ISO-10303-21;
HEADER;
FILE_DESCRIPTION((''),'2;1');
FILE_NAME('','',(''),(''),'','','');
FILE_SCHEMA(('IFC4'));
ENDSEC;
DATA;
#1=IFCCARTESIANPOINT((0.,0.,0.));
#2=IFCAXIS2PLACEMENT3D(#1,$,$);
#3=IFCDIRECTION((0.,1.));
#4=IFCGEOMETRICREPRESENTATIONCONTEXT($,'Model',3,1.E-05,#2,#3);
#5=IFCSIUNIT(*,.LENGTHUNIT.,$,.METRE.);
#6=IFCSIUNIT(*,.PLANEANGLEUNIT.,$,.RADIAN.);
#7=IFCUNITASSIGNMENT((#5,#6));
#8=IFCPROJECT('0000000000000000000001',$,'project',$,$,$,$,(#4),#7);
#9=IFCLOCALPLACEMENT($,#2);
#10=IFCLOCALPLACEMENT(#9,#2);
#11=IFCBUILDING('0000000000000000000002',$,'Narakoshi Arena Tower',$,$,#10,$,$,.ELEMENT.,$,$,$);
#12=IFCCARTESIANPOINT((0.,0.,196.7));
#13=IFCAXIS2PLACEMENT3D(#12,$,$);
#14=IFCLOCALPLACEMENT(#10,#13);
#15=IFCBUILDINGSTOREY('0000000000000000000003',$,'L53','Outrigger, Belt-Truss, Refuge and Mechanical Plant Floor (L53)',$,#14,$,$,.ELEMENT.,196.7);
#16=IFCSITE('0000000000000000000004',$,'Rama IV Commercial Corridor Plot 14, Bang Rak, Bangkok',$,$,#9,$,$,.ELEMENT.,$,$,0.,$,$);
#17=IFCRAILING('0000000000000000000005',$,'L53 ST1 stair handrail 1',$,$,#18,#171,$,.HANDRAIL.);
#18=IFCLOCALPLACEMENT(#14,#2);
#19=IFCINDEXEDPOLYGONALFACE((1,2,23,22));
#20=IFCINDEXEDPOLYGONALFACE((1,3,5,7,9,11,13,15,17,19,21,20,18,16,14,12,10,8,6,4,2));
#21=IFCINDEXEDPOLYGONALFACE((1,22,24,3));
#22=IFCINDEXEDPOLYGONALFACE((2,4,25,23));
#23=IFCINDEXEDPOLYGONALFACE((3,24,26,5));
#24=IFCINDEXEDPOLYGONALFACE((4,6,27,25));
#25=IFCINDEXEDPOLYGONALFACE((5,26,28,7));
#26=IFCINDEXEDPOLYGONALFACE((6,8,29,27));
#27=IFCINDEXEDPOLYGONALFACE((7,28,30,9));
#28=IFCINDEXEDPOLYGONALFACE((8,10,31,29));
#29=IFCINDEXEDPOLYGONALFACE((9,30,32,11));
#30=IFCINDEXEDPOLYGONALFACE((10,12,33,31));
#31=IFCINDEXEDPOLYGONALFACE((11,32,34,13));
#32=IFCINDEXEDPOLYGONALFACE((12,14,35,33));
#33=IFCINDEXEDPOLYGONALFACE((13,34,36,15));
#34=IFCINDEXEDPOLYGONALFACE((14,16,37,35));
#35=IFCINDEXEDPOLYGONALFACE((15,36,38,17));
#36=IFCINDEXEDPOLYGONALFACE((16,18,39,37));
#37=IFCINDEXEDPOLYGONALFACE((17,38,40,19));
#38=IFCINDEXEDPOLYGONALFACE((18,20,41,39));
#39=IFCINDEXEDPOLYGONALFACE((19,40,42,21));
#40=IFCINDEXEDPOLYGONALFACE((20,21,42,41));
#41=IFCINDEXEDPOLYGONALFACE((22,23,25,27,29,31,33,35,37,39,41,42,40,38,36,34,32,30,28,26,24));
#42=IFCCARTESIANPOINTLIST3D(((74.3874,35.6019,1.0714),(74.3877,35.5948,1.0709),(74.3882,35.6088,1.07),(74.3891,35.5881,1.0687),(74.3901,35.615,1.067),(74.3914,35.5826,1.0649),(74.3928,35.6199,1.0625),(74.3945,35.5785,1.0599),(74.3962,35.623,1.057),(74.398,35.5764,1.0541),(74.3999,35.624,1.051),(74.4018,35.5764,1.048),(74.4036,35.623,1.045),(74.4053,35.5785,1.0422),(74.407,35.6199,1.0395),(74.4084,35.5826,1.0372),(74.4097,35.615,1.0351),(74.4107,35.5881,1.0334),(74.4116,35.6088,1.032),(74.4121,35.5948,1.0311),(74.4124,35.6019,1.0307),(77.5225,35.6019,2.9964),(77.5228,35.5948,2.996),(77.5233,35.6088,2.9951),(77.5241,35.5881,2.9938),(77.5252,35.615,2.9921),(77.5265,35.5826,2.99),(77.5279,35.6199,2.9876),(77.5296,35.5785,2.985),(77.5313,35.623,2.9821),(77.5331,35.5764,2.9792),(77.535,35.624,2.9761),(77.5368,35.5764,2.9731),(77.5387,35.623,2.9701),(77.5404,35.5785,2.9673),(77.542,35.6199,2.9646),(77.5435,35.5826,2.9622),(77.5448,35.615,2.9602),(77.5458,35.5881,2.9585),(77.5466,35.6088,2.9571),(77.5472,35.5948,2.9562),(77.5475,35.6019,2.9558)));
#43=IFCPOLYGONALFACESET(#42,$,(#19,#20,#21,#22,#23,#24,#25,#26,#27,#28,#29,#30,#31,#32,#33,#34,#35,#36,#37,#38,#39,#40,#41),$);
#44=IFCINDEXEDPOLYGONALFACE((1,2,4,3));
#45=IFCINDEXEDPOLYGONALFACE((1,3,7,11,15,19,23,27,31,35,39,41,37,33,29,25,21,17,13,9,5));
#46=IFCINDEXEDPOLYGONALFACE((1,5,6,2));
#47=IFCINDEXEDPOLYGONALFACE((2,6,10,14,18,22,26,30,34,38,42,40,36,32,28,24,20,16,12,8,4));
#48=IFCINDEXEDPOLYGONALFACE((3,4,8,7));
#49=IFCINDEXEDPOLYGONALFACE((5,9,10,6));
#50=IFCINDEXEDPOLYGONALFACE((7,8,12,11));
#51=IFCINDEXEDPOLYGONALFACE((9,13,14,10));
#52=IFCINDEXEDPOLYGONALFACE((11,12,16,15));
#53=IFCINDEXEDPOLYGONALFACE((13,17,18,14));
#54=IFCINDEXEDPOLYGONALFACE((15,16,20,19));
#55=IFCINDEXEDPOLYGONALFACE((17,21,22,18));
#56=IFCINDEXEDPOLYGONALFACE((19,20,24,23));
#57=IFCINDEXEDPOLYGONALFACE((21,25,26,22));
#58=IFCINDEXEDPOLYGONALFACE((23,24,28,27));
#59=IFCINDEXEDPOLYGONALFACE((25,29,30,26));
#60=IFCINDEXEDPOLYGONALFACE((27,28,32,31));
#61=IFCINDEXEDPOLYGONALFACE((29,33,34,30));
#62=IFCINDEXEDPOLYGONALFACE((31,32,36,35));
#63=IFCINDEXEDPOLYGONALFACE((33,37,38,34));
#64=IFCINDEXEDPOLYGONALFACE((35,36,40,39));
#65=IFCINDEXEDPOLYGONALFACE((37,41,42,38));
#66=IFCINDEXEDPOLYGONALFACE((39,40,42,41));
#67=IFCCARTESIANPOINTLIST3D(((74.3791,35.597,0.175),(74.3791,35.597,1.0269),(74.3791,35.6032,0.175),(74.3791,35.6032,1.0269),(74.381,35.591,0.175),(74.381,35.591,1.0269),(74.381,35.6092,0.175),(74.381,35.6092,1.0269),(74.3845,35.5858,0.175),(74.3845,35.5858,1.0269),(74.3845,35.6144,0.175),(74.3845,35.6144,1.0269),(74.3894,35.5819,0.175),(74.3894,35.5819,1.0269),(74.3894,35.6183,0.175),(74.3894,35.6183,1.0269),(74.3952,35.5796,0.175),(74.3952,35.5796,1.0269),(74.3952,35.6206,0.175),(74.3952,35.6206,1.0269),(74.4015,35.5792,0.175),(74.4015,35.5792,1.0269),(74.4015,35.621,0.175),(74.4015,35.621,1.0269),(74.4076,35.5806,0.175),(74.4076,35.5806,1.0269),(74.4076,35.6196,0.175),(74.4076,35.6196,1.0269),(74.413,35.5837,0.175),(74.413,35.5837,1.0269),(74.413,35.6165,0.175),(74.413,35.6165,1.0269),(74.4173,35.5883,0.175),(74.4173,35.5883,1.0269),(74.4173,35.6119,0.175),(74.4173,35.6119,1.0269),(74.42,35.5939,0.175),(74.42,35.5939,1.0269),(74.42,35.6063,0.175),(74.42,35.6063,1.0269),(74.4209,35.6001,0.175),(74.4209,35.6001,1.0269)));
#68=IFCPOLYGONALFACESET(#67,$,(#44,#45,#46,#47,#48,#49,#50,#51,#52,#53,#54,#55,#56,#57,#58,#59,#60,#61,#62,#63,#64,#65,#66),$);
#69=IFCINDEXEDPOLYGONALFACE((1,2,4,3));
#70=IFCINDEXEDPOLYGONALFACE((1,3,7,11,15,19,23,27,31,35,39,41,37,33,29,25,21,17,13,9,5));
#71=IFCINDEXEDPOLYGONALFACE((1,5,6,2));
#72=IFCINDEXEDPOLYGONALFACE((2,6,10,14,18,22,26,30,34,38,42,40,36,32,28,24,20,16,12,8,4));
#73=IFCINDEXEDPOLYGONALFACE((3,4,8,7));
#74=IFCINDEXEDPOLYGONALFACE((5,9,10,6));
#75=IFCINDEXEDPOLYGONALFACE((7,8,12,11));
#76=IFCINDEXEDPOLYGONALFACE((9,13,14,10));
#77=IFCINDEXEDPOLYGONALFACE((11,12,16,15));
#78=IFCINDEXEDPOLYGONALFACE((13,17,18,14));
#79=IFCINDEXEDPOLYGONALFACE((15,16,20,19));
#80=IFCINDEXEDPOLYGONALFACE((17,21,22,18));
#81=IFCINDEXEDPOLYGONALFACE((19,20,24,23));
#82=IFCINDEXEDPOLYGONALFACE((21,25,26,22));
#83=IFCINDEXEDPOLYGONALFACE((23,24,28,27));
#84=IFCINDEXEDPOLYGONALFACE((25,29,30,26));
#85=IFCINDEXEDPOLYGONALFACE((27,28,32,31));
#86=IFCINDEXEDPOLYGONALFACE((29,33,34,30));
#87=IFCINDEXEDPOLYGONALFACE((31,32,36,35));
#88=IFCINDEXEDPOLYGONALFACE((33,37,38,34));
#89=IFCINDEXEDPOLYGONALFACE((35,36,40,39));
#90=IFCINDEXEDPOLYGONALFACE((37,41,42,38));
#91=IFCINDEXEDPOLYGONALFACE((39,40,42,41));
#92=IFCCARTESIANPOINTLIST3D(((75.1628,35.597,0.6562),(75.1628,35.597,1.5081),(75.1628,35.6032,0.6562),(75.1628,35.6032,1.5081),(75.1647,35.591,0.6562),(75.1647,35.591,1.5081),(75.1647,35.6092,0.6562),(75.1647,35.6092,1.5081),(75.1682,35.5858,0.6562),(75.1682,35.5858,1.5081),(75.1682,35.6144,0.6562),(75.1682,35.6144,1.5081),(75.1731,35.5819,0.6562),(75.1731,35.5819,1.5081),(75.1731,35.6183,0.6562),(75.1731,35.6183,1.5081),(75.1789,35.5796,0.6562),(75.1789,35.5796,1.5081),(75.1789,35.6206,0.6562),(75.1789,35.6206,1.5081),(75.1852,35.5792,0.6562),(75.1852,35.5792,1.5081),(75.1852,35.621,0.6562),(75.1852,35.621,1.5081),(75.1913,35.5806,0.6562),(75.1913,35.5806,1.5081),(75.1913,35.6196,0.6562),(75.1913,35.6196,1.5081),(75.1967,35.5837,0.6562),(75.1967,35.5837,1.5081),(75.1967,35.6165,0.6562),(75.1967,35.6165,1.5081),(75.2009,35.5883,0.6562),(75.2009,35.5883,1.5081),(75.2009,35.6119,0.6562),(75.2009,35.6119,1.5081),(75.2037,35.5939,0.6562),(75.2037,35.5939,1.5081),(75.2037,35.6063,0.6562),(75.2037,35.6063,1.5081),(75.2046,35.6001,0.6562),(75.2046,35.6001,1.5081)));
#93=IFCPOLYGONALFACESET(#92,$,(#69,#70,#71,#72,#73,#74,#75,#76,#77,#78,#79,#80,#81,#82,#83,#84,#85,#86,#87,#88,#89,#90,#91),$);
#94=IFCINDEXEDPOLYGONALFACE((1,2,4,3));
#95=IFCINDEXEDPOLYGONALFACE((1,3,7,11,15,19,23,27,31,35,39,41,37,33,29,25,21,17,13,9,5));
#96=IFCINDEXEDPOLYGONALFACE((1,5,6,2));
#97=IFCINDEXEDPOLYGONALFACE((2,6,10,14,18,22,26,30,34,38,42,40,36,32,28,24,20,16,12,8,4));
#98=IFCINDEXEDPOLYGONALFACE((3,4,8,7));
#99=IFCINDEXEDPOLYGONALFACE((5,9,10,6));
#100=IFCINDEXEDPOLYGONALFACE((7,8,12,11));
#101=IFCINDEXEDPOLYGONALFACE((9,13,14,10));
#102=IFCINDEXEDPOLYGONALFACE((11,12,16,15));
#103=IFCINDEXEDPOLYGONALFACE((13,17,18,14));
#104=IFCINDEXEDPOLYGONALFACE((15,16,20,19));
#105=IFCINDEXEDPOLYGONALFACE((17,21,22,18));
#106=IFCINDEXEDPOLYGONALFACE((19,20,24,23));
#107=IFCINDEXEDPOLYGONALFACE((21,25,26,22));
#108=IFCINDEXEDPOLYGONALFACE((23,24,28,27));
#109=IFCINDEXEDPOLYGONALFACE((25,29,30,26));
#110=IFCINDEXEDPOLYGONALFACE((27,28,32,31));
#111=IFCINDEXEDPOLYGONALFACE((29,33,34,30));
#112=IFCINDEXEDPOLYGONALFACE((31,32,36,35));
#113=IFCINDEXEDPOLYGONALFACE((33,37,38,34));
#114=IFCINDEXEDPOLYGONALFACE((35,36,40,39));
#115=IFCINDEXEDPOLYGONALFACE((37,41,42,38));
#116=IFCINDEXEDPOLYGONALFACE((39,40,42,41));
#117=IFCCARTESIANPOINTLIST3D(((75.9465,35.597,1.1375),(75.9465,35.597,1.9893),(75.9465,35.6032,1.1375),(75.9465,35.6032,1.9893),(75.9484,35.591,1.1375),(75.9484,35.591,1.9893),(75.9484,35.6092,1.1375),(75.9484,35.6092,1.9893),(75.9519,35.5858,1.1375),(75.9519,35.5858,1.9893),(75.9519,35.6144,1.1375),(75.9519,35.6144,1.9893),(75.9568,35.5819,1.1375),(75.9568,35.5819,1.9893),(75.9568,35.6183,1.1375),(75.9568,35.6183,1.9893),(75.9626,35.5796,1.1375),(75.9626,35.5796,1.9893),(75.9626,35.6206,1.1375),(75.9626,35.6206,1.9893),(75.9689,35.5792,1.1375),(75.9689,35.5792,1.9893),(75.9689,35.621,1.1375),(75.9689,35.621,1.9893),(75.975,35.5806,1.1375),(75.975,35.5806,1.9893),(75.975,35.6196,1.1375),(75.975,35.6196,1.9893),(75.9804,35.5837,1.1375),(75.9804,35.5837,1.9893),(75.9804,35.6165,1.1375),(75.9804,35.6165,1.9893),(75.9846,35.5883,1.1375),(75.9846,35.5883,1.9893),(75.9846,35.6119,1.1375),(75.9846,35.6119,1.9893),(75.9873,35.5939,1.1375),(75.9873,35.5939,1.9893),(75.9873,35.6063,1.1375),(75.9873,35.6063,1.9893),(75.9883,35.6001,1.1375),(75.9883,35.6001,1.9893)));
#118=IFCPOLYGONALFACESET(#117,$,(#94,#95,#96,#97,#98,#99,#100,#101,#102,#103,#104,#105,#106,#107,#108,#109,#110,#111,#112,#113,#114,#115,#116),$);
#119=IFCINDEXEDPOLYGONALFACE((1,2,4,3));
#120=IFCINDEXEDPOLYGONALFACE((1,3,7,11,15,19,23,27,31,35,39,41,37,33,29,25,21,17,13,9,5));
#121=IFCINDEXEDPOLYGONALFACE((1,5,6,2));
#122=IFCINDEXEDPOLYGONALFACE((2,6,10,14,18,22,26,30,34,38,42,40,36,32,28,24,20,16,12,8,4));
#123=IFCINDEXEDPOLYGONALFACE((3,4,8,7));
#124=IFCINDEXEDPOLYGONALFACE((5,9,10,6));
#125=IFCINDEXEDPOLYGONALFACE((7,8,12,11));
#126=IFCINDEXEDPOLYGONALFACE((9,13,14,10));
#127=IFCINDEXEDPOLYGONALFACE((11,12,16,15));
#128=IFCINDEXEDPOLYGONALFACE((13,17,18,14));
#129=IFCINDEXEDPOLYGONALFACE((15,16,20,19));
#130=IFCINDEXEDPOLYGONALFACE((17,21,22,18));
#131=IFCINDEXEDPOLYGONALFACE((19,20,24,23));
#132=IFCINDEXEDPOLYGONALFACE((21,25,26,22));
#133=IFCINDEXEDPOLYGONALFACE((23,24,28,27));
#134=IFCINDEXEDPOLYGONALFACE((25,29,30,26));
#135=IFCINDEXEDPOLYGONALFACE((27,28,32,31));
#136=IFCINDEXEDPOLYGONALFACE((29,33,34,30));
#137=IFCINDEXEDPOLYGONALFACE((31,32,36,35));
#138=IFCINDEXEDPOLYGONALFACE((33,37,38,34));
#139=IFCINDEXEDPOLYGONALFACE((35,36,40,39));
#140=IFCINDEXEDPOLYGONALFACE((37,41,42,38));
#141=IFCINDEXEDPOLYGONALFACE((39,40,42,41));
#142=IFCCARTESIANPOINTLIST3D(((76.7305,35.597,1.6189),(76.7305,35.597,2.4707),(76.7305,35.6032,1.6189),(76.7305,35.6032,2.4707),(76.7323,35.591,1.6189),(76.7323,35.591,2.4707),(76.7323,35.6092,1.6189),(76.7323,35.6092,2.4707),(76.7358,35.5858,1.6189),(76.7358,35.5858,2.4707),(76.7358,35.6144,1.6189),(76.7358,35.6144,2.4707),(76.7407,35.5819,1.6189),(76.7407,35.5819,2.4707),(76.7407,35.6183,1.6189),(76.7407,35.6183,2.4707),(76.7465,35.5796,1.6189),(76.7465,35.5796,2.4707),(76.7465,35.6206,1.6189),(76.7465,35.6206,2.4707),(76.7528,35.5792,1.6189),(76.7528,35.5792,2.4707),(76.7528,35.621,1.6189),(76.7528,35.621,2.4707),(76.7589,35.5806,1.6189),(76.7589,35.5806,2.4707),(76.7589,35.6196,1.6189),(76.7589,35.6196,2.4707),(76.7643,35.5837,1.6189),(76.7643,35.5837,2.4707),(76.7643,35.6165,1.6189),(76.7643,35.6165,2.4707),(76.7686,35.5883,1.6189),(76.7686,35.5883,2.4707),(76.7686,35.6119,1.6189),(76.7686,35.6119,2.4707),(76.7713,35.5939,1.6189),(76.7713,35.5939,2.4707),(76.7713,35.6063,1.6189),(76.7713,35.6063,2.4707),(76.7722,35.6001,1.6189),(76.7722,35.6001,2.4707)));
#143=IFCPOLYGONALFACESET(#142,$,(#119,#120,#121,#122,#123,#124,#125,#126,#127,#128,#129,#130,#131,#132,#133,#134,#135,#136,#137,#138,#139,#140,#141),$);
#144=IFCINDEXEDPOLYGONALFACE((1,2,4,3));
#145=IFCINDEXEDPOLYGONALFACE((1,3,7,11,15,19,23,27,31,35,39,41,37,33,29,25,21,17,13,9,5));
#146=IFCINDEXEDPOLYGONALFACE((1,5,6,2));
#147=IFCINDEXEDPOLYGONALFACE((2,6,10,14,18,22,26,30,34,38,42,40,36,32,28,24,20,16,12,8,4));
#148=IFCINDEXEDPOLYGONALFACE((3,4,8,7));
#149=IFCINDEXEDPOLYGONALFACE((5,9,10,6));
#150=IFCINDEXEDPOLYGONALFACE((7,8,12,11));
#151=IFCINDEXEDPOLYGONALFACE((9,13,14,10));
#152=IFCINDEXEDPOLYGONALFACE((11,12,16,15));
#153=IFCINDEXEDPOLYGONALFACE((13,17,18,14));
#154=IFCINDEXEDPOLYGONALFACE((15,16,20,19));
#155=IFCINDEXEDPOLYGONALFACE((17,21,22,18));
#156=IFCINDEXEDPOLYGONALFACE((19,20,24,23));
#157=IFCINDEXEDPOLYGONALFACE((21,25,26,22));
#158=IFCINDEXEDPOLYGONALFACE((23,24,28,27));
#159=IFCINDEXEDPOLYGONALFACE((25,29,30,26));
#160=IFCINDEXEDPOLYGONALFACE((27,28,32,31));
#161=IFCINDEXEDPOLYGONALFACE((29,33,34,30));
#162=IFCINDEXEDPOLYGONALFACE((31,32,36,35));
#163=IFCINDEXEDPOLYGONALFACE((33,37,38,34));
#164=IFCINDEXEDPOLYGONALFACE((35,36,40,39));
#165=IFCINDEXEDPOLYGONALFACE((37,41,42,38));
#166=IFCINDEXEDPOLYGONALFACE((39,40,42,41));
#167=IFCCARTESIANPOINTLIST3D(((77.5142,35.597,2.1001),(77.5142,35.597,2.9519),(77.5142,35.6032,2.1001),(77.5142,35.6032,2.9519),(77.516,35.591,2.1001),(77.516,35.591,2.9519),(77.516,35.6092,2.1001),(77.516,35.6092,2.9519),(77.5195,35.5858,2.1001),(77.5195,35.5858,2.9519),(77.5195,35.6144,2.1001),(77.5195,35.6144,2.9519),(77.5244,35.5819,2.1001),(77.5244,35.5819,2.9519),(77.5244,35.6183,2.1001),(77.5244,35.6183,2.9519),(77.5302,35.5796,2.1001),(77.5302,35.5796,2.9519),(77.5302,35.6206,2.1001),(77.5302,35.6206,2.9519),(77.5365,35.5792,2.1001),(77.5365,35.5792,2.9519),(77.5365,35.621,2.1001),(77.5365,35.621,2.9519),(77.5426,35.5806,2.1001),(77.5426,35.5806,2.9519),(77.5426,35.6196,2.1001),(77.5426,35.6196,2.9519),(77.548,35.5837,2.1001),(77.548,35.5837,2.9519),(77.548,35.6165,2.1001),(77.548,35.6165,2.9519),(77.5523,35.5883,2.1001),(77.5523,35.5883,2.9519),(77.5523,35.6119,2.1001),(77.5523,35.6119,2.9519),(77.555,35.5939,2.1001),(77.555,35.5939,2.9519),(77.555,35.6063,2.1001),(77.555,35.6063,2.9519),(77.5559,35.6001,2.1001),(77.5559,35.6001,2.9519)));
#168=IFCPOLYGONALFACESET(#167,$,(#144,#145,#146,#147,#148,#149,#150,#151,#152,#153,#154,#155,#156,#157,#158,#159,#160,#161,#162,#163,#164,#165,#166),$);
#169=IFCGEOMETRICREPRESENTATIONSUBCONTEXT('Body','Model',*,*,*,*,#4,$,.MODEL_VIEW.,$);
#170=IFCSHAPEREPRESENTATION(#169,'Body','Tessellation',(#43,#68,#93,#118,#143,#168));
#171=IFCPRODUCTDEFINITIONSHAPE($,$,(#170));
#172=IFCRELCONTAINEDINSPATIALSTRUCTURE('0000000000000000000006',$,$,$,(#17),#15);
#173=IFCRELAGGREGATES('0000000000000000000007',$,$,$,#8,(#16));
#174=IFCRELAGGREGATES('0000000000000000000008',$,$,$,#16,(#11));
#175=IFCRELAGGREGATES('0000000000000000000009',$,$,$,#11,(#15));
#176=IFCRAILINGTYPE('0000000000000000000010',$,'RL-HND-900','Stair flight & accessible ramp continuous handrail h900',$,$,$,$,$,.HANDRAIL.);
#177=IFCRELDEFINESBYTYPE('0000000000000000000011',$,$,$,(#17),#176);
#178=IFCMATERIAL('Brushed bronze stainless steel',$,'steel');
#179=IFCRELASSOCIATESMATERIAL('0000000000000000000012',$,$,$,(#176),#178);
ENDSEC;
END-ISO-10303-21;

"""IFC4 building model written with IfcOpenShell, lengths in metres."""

from ifc_helpers import new_model, si_unit, direction, frame, origin, origin_2d, place, context, subcontext, project, spatial, circle, extrude, material, type_object, element, save


model = new_model("IFC4")

# Units and contexts
model_context = context("Model", 3, precision=1e-05, world=origin(), true_north=direction((0.0, 1.0)))
body_context = subcontext(model_context, "Body", "Model", "MODEL_VIEW")
ifc_project = project(units=[si_unit("LENGTHUNIT", "METRE"), si_unit("PLANEANGLEUNIT", "RADIAN")], contexts=[model_context])

# Site, building, storey
site_placement = place(None, origin())
site = spatial("IfcSite", under=ifc_project, at=site_placement, Name="Rama IV Commercial Corridor Plot 14, Bang Rak, Bangkok", CompositionType="ELEMENT", RefElevation=0.0)
building_placement = place(site_placement, origin())
building = spatial("IfcBuilding", under=site, at=building_placement, Name="Narakoshi Arena Tower", CompositionType="ELEMENT")
storey_placement = place(building_placement, frame((0.0, 0.0, 196.7)))
storey = spatial("IfcBuildingStorey", under=building, at=storey_placement, Name="L53", Description="Outrigger, Belt-Truss, Refuge and Mechanical Plant Floor (L53)", CompositionType="ELEMENT", Elevation=196.7)

# Railing
ifc_material_1 = material(Name="Brushed bronze stainless steel", Category="steel")
railing_type_1 = type_object("IfcRailingType", Name="RL-HND-900", Description="Stair flight & accessible ramp continuous handrail h900", PredefinedType="HANDRAIL", material=ifc_material_1)
railing_1_placement = place(storey_placement, frame((74.3999, 35.6001, 0.175)))
element("IfcRailing", 1, at=railing_1_placement, inside=storey, type_object=railing_type_1, Name="L53 ST1 stair handrail 1", PredefinedType="HANDRAIL", context=body_context, shape_type="SweptSolid", body=[
    extrude(circle(Radius=0.0239, at=origin_2d()), frame((0.0, 0.0, 0.876), z_axis=(0.852166, 0.0, 0.523271), x_axis=(0.0, 1.0, 0.0)), (0.0, 0.0, 1.0), 3.679),
    extrude(circle(Radius=0.021, at=origin_2d()), origin(), (0.0, 0.0, 1.0), 0.8518),
    extrude(circle(Radius=0.021, at=origin_2d()), frame((0.7837, 0.0, 0.4812)), (0.0, 0.0, 1.0), 0.8518),
    extrude(circle(Radius=0.021, at=origin_2d()), frame((1.5674, 0.0, 0.9624)), (0.0, 0.0, 1.0), 0.8518),
    extrude(circle(Radius=0.021, at=origin_2d()), frame((2.3513, 0.0, 1.4438)), (0.0, 0.0, 1.0), 0.8518),
    extrude(circle(Radius=0.021, at=origin_2d()), frame((3.135, 0.0, 1.925)), (0.0, 0.0, 1.0), 0.8518),
])

save(model, "model.ifc")
